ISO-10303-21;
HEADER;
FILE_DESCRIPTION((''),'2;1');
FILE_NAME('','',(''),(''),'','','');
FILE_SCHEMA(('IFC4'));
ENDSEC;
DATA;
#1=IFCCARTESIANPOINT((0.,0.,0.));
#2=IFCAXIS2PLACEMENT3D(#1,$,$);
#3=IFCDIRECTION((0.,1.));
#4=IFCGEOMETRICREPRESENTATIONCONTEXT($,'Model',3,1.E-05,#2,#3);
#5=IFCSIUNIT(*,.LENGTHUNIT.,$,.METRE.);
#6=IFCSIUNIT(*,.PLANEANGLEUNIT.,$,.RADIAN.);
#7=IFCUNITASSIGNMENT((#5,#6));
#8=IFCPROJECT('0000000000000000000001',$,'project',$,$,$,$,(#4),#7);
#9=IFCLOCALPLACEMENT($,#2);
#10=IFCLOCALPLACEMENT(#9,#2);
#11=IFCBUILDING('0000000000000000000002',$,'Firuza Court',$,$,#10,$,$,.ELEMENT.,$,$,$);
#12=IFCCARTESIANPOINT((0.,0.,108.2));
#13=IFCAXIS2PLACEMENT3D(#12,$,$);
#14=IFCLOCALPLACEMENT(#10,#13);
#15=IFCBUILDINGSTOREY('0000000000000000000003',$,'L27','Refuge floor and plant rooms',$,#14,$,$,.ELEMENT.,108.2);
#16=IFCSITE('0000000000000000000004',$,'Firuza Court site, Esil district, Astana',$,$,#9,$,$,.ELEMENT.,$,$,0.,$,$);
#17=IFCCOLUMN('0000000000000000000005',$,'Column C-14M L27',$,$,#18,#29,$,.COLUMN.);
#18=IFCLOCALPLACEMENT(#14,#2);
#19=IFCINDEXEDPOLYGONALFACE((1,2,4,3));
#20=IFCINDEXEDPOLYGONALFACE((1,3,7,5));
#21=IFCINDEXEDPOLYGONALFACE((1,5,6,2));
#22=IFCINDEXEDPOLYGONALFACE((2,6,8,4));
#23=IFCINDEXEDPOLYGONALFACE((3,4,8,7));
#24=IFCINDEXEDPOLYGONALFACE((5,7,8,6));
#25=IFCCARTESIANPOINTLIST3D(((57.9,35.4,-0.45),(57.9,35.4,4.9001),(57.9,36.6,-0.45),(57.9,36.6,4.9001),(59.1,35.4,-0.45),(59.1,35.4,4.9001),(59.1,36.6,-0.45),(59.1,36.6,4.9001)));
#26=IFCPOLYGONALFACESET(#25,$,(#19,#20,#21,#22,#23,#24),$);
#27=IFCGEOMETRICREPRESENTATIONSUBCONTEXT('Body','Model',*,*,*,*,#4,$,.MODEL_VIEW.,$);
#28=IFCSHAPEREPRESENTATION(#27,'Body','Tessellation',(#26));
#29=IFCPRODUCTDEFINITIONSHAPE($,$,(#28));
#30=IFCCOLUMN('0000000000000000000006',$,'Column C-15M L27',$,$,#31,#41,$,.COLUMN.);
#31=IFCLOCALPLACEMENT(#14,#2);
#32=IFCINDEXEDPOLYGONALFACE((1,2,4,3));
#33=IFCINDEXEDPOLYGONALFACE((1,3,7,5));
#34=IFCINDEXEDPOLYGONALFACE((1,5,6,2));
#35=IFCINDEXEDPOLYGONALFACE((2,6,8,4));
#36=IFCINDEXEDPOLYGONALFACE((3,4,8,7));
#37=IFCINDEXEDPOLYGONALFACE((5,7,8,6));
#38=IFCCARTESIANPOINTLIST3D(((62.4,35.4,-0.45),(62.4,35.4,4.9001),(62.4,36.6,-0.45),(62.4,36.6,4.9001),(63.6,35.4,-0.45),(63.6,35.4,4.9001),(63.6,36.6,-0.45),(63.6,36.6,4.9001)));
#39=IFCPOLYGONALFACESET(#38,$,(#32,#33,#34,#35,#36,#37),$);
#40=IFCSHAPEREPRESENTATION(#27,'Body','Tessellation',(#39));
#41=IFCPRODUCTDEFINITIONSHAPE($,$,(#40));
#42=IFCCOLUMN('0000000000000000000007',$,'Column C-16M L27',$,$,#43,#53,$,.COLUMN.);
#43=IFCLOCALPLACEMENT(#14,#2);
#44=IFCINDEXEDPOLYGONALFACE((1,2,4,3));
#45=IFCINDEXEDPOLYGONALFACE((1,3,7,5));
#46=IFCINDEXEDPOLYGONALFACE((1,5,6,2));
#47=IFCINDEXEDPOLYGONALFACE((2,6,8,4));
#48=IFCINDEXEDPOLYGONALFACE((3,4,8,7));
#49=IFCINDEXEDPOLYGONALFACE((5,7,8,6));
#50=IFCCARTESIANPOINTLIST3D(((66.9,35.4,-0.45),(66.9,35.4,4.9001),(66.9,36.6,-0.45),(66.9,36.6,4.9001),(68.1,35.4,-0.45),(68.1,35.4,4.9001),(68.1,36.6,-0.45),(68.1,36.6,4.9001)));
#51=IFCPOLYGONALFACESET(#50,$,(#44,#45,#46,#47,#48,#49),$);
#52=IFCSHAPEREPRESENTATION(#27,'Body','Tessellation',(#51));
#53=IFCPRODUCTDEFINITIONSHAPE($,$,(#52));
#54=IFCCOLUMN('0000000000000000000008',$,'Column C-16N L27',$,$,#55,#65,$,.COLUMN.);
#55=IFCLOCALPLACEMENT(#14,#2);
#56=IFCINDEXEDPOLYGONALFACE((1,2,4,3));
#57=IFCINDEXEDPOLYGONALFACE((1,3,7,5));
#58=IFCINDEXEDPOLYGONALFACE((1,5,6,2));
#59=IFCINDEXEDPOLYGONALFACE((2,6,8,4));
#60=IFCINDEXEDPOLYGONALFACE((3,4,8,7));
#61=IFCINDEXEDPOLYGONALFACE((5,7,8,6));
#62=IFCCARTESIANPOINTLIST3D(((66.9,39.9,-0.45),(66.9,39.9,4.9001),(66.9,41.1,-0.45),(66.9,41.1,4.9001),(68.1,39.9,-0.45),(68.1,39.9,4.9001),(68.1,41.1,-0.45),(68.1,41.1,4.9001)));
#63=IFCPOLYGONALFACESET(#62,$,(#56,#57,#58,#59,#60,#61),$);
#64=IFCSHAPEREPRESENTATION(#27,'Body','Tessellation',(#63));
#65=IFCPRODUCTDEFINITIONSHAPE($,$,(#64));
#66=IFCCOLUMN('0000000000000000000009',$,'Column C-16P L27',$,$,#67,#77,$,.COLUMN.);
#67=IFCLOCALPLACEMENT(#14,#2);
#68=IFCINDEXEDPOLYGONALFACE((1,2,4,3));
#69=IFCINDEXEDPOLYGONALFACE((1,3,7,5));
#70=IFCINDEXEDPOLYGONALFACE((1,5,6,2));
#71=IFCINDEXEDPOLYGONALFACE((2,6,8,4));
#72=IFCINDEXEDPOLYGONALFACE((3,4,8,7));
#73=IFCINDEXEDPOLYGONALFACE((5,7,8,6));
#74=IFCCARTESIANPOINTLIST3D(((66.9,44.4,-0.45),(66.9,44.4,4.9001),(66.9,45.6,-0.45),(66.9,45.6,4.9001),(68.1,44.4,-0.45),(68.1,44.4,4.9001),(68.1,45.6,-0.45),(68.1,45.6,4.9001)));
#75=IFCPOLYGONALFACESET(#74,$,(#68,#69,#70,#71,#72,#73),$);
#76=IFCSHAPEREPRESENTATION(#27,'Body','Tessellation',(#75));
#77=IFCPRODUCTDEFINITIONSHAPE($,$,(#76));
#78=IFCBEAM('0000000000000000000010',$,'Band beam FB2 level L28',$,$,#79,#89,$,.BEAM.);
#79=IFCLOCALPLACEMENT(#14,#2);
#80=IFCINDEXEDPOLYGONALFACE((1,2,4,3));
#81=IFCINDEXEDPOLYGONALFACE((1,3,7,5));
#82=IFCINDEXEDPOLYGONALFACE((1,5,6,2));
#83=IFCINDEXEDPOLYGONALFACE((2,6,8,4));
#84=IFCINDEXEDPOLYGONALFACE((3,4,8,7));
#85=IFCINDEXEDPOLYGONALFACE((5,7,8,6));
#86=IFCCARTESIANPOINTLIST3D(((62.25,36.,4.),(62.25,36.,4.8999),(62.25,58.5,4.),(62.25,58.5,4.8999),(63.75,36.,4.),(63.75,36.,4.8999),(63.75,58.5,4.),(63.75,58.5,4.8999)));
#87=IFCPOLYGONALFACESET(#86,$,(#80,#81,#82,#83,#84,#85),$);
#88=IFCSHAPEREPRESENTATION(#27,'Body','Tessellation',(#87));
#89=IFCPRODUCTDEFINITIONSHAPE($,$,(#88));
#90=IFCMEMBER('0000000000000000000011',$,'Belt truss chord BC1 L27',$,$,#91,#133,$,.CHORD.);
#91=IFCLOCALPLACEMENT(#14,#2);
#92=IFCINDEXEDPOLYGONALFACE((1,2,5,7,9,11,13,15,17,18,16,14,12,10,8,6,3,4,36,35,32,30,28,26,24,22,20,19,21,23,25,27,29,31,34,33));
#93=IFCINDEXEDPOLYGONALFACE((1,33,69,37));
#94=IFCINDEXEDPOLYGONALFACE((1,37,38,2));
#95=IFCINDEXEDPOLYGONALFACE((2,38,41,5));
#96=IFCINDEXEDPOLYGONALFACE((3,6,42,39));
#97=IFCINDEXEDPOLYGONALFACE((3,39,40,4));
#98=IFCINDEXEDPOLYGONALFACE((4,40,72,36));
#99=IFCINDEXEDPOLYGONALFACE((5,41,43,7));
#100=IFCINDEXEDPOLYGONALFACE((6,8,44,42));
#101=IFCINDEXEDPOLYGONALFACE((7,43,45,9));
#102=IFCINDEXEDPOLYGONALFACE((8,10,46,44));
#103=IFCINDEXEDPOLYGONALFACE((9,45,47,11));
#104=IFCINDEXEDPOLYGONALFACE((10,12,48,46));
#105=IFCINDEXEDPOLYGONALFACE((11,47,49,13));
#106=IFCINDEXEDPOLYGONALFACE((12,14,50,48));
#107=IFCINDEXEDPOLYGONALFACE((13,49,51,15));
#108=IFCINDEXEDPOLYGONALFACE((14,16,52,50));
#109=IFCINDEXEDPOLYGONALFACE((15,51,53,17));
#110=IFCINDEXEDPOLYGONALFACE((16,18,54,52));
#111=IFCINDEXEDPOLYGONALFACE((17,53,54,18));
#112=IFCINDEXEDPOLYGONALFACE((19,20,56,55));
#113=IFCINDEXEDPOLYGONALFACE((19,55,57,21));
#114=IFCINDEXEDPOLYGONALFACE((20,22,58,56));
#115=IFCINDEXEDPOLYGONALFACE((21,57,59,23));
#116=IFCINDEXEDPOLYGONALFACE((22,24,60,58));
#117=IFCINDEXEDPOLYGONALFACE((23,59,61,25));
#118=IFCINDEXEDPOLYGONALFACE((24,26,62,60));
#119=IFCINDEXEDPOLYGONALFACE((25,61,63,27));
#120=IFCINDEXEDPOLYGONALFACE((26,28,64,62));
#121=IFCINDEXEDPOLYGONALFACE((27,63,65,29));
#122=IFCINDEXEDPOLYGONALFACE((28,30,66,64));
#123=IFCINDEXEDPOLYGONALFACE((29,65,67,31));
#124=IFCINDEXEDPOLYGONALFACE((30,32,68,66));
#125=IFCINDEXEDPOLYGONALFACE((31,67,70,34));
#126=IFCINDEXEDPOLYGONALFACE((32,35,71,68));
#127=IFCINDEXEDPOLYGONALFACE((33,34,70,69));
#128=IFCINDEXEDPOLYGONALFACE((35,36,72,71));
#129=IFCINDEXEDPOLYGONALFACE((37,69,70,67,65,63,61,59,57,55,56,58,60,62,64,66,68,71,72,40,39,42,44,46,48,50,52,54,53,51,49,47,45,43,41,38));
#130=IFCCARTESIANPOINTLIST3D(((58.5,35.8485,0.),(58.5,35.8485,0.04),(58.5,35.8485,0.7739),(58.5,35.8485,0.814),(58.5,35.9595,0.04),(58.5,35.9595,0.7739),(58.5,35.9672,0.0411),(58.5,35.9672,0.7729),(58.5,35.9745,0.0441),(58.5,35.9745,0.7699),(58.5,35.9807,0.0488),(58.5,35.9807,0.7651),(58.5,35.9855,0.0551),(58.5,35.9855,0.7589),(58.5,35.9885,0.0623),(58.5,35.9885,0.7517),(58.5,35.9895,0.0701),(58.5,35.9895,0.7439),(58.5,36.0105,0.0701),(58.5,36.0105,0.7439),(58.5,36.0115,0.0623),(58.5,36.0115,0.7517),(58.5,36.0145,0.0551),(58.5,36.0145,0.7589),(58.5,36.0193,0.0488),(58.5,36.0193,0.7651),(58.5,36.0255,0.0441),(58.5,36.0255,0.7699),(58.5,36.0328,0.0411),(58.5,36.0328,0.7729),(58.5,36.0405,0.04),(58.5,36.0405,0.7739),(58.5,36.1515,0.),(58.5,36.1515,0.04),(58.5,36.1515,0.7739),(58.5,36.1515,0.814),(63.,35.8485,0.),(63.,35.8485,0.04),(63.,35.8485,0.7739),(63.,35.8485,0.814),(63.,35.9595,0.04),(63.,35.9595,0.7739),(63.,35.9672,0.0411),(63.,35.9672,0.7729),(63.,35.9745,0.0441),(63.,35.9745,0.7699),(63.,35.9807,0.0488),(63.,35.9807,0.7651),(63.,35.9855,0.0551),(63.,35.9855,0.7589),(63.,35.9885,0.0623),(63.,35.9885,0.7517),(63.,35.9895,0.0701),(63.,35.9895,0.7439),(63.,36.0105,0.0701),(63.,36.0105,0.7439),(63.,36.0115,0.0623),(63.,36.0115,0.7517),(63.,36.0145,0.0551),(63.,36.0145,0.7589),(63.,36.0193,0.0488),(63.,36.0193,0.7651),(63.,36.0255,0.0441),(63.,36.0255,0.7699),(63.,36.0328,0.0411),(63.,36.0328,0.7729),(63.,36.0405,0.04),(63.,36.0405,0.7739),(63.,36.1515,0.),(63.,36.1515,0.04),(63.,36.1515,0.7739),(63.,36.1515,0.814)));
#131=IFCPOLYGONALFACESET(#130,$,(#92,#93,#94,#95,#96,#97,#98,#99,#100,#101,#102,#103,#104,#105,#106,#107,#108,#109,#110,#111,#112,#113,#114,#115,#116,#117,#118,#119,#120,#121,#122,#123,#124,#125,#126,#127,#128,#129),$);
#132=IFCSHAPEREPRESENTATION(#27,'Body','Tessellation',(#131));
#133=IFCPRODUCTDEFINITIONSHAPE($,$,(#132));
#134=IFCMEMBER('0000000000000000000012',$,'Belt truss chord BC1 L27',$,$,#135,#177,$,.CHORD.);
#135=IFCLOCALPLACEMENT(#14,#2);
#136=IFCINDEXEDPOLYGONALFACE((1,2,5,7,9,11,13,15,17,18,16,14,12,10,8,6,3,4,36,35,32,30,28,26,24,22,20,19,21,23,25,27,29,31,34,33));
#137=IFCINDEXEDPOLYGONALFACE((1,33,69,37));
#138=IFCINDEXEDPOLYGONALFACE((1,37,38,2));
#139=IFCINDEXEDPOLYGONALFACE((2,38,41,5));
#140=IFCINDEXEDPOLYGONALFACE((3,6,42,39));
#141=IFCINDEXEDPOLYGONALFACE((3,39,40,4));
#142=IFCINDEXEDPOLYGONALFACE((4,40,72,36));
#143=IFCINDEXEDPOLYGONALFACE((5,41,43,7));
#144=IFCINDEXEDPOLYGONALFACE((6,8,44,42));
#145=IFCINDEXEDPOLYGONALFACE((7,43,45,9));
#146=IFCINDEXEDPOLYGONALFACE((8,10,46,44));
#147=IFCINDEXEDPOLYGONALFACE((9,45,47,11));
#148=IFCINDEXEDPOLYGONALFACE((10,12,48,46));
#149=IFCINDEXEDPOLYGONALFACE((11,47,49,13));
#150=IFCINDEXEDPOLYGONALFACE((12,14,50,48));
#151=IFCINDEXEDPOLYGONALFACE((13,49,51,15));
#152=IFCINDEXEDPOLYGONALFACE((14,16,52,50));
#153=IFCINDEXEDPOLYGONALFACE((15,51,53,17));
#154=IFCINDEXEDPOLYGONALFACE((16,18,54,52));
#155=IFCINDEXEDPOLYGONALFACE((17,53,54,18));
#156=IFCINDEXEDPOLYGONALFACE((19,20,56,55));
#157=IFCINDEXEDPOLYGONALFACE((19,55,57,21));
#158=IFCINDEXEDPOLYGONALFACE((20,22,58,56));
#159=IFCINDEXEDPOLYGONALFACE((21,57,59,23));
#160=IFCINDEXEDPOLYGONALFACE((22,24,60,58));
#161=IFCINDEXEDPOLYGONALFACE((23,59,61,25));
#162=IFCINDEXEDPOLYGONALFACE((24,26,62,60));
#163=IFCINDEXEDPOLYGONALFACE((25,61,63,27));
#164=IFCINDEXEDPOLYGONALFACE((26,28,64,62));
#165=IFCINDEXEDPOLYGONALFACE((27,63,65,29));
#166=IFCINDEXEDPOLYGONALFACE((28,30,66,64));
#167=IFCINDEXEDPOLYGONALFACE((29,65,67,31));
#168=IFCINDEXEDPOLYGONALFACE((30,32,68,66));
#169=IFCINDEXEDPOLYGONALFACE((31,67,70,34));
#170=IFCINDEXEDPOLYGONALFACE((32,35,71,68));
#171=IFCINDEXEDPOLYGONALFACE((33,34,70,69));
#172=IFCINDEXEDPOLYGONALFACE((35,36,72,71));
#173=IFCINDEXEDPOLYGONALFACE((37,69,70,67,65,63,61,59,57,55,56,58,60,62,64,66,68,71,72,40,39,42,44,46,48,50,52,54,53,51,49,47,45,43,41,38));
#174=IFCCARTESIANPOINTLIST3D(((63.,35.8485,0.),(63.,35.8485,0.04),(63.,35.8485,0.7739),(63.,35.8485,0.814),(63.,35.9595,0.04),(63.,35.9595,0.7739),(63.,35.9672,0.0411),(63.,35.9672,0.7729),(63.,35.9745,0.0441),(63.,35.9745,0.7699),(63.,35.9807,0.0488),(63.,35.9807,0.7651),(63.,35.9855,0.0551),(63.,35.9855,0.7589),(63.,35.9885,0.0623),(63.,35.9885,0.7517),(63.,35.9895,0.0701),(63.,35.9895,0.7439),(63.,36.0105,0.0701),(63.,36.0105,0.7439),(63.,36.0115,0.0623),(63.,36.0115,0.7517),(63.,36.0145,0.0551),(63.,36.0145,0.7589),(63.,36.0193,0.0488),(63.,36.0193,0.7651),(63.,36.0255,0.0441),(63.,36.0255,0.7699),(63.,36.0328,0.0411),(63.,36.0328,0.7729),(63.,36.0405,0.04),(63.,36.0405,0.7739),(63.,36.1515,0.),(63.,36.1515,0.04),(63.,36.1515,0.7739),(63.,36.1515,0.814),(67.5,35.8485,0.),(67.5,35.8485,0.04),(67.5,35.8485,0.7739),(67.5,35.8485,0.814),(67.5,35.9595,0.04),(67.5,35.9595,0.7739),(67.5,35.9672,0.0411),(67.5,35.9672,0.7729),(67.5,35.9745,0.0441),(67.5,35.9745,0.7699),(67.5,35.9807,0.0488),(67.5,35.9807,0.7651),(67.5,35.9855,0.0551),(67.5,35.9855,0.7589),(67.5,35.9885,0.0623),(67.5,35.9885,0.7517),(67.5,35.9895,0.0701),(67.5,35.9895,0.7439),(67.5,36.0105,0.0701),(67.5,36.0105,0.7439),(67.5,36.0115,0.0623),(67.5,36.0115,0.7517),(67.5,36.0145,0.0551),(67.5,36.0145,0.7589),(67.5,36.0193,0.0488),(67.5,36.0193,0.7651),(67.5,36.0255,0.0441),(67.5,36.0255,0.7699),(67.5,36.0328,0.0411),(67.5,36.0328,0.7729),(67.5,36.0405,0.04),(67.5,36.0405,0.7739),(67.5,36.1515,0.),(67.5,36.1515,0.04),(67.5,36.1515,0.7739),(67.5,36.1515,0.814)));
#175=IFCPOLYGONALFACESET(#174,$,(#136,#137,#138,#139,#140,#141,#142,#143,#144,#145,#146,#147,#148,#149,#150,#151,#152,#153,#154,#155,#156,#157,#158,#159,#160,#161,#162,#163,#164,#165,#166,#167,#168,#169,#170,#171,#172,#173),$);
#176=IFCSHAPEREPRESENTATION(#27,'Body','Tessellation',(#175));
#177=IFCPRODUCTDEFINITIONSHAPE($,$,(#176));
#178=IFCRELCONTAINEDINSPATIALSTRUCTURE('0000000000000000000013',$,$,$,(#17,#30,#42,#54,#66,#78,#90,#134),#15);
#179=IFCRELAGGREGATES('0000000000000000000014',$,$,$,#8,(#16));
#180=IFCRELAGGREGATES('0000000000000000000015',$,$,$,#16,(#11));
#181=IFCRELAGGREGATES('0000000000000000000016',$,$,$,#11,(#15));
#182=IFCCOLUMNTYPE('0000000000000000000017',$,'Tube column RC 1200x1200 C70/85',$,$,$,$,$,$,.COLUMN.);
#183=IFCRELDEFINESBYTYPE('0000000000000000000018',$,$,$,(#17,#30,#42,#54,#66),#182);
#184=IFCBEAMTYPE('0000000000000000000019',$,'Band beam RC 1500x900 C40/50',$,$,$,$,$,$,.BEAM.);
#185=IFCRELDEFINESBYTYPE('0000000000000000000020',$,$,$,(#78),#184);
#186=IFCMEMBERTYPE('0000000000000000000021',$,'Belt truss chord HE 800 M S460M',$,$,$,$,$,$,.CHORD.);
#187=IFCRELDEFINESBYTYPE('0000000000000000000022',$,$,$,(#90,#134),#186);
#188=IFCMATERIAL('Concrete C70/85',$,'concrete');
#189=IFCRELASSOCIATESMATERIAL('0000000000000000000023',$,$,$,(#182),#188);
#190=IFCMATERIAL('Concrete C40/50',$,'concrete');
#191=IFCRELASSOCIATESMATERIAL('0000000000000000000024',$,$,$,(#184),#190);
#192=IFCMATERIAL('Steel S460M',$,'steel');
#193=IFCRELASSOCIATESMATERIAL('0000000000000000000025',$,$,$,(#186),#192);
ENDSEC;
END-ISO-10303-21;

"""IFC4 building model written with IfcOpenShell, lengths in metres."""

from ifc_helpers import new_model, si_unit, direction, frame, origin, origin_2d, place, context, subcontext, project, spatial, rectangle, i_section, extrude, material, material_profile, profile_set, type_object, element, save


model = new_model("IFC4")

# Units and contexts
model_context = context("Model", 3, precision=1e-05, world=origin(), true_north=direction((0.0, 1.0)))
body_context = subcontext(model_context, "Body", "Model", "MODEL_VIEW")
ifc_project = project(units=[si_unit("LENGTHUNIT", "METRE"), si_unit("PLANEANGLEUNIT", "RADIAN")], contexts=[model_context])

# Site, building, storey
site_placement = place(None, origin())
site = spatial("IfcSite", under=ifc_project, at=site_placement, Name="Firuza Court site, Esil district, Astana", CompositionType="ELEMENT", RefElevation=0.0)
building_placement = place(site_placement, origin())
building = spatial("IfcBuilding", under=site, at=building_placement, Name="Firuza Court", CompositionType="ELEMENT")
storey_placement = place(building_placement, frame((0.0, 0.0, 108.2)))
storey = spatial("IfcBuildingStorey", under=building, at=storey_placement, Name="L27", Description="Refuge floor and plant rooms", CompositionType="ELEMENT", Elevation=108.2)

# Columns
ifc_material_1 = material(Name="Concrete C70/85", Category="concrete")
ifc_material_profile_1 = material_profile(ifc_material_1, rectangle(XDim=1.2, YDim=1.2, at=origin_2d()), Name="RC 1200x1200")
ifc_profile_set_1 = profile_set([ifc_material_profile_1], Name="Concrete C70/85")
column_type = type_object("IfcColumnType", Name="Tube column RC 1200x1200 C70/85", PredefinedType="COLUMN", material=ifc_profile_set_1)
for number, where, z_axis, x_axis, name in (
    (1, (58.5, 36.0, -0.45), (0.0, 0.0, 1.0), (1.0, 0.0, 0.0), "Column C-14M L27"),
    (2, (63.0, 36.0, -0.45), (0.0, 0.0, 1.0), (1.0, 0.0, 0.0), "Column C-15M L27"),
    (3, (67.5, 36.0, -0.45), (0.0, 0.0, 1.0), (1.0, 0.0, 0.0), "Column C-16M L27"),
    (4, (67.5, 40.5, -0.45), (0.0, 0.0, 1.0), (1.0, 0.0, 0.0), "Column C-16N L27"),
    (5, (67.5, 45.0, -0.45), (0.0, 0.0, 1.0), (1.0, 0.0, 0.0), "Column C-16P L27"),
):
    element("IfcColumn", number, at=place(storey_placement, frame(where, z_axis=z_axis, x_axis=x_axis)), inside=storey, type_object=column_type, Name=name, PredefinedType="COLUMN", context=body_context, shape_type="SweptSolid", body=[
        extrude(rectangle(XDim=1.2, YDim=1.2, at=origin_2d()), origin(), (0.0, 0.0, 1.0), 5.3501),
    ])

# Beam
ifc_material_2 = material(Name="Concrete C40/50", Category="concrete")
ifc_material_profile_2 = material_profile(ifc_material_2, rectangle(XDim=1.5, YDim=0.8999, at=origin_2d()), Name="RC 1500x900")
ifc_profile_set_2 = profile_set([ifc_material_profile_2], Name="Concrete C40/50")
beam_type_1 = type_object("IfcBeamType", Name="Band beam RC 1500x900 C40/50", PredefinedType="BEAM", material=ifc_profile_set_2)
beam_placement = place(storey_placement, frame((63.0, 36.0, 4.45), z_axis=(0.0, 1.0, 0.0), x_axis=(-1.0, 0.0, 0.0)))
element("IfcBeam", 6, at=beam_placement, inside=storey, type_object=beam_type_1, Name="Band beam FB2 level L28", PredefinedType="BEAM", context=body_context, shape_type="SweptSolid", body=[
    extrude(rectangle(XDim=1.5, YDim=0.8999, at=origin_2d()), origin(), (0.0, 0.0, 1.0), 22.5),
])

# Members
ifc_material_3 = material(Name="Steel S460M", Category="steel")
ifc_material_profile_3 = material_profile(ifc_material_3, i_section(OverallWidth=0.303, OverallDepth=0.814, WebThickness=0.021, FlangeThickness=0.04, FilletRadius=0.03, at=origin_2d()), Name="HE 800 M")
ifc_profile_set_3 = profile_set([ifc_material_profile_3], Name="Steel S460M")
member_type_1 = type_object("IfcMemberType", Name="Belt truss chord HE 800 M S460M", PredefinedType="CHORD", material=ifc_profile_set_3)
for number, where, z_axis, x_axis, name in (
    (7, (58.5, 36.0, 0.407), (1.0, 0.0, 0.0), (0.0, 1.0, 0.0), "Belt truss chord BC1 L27"),
    (8, (63.0, 36.0, 0.407), (1.0, 0.0, 0.0), (0.0, 1.0, 0.0), "Belt truss chord BC1 L27"),
):
    element("IfcMember", number, at=place(storey_placement, frame(where, z_axis=z_axis, x_axis=x_axis)), inside=storey, type_object=member_type_1, Name=name, PredefinedType="CHORD", context=body_context, shape_type="SweptSolid", body=[
        extrude(i_section(OverallWidth=0.303, OverallDepth=0.814, WebThickness=0.021, FlangeThickness=0.04, FilletRadius=0.03, at=origin_2d()), origin(), (0.0, 0.0, 1.0), 4.5),
    ])

save(model, "model.ifc")
